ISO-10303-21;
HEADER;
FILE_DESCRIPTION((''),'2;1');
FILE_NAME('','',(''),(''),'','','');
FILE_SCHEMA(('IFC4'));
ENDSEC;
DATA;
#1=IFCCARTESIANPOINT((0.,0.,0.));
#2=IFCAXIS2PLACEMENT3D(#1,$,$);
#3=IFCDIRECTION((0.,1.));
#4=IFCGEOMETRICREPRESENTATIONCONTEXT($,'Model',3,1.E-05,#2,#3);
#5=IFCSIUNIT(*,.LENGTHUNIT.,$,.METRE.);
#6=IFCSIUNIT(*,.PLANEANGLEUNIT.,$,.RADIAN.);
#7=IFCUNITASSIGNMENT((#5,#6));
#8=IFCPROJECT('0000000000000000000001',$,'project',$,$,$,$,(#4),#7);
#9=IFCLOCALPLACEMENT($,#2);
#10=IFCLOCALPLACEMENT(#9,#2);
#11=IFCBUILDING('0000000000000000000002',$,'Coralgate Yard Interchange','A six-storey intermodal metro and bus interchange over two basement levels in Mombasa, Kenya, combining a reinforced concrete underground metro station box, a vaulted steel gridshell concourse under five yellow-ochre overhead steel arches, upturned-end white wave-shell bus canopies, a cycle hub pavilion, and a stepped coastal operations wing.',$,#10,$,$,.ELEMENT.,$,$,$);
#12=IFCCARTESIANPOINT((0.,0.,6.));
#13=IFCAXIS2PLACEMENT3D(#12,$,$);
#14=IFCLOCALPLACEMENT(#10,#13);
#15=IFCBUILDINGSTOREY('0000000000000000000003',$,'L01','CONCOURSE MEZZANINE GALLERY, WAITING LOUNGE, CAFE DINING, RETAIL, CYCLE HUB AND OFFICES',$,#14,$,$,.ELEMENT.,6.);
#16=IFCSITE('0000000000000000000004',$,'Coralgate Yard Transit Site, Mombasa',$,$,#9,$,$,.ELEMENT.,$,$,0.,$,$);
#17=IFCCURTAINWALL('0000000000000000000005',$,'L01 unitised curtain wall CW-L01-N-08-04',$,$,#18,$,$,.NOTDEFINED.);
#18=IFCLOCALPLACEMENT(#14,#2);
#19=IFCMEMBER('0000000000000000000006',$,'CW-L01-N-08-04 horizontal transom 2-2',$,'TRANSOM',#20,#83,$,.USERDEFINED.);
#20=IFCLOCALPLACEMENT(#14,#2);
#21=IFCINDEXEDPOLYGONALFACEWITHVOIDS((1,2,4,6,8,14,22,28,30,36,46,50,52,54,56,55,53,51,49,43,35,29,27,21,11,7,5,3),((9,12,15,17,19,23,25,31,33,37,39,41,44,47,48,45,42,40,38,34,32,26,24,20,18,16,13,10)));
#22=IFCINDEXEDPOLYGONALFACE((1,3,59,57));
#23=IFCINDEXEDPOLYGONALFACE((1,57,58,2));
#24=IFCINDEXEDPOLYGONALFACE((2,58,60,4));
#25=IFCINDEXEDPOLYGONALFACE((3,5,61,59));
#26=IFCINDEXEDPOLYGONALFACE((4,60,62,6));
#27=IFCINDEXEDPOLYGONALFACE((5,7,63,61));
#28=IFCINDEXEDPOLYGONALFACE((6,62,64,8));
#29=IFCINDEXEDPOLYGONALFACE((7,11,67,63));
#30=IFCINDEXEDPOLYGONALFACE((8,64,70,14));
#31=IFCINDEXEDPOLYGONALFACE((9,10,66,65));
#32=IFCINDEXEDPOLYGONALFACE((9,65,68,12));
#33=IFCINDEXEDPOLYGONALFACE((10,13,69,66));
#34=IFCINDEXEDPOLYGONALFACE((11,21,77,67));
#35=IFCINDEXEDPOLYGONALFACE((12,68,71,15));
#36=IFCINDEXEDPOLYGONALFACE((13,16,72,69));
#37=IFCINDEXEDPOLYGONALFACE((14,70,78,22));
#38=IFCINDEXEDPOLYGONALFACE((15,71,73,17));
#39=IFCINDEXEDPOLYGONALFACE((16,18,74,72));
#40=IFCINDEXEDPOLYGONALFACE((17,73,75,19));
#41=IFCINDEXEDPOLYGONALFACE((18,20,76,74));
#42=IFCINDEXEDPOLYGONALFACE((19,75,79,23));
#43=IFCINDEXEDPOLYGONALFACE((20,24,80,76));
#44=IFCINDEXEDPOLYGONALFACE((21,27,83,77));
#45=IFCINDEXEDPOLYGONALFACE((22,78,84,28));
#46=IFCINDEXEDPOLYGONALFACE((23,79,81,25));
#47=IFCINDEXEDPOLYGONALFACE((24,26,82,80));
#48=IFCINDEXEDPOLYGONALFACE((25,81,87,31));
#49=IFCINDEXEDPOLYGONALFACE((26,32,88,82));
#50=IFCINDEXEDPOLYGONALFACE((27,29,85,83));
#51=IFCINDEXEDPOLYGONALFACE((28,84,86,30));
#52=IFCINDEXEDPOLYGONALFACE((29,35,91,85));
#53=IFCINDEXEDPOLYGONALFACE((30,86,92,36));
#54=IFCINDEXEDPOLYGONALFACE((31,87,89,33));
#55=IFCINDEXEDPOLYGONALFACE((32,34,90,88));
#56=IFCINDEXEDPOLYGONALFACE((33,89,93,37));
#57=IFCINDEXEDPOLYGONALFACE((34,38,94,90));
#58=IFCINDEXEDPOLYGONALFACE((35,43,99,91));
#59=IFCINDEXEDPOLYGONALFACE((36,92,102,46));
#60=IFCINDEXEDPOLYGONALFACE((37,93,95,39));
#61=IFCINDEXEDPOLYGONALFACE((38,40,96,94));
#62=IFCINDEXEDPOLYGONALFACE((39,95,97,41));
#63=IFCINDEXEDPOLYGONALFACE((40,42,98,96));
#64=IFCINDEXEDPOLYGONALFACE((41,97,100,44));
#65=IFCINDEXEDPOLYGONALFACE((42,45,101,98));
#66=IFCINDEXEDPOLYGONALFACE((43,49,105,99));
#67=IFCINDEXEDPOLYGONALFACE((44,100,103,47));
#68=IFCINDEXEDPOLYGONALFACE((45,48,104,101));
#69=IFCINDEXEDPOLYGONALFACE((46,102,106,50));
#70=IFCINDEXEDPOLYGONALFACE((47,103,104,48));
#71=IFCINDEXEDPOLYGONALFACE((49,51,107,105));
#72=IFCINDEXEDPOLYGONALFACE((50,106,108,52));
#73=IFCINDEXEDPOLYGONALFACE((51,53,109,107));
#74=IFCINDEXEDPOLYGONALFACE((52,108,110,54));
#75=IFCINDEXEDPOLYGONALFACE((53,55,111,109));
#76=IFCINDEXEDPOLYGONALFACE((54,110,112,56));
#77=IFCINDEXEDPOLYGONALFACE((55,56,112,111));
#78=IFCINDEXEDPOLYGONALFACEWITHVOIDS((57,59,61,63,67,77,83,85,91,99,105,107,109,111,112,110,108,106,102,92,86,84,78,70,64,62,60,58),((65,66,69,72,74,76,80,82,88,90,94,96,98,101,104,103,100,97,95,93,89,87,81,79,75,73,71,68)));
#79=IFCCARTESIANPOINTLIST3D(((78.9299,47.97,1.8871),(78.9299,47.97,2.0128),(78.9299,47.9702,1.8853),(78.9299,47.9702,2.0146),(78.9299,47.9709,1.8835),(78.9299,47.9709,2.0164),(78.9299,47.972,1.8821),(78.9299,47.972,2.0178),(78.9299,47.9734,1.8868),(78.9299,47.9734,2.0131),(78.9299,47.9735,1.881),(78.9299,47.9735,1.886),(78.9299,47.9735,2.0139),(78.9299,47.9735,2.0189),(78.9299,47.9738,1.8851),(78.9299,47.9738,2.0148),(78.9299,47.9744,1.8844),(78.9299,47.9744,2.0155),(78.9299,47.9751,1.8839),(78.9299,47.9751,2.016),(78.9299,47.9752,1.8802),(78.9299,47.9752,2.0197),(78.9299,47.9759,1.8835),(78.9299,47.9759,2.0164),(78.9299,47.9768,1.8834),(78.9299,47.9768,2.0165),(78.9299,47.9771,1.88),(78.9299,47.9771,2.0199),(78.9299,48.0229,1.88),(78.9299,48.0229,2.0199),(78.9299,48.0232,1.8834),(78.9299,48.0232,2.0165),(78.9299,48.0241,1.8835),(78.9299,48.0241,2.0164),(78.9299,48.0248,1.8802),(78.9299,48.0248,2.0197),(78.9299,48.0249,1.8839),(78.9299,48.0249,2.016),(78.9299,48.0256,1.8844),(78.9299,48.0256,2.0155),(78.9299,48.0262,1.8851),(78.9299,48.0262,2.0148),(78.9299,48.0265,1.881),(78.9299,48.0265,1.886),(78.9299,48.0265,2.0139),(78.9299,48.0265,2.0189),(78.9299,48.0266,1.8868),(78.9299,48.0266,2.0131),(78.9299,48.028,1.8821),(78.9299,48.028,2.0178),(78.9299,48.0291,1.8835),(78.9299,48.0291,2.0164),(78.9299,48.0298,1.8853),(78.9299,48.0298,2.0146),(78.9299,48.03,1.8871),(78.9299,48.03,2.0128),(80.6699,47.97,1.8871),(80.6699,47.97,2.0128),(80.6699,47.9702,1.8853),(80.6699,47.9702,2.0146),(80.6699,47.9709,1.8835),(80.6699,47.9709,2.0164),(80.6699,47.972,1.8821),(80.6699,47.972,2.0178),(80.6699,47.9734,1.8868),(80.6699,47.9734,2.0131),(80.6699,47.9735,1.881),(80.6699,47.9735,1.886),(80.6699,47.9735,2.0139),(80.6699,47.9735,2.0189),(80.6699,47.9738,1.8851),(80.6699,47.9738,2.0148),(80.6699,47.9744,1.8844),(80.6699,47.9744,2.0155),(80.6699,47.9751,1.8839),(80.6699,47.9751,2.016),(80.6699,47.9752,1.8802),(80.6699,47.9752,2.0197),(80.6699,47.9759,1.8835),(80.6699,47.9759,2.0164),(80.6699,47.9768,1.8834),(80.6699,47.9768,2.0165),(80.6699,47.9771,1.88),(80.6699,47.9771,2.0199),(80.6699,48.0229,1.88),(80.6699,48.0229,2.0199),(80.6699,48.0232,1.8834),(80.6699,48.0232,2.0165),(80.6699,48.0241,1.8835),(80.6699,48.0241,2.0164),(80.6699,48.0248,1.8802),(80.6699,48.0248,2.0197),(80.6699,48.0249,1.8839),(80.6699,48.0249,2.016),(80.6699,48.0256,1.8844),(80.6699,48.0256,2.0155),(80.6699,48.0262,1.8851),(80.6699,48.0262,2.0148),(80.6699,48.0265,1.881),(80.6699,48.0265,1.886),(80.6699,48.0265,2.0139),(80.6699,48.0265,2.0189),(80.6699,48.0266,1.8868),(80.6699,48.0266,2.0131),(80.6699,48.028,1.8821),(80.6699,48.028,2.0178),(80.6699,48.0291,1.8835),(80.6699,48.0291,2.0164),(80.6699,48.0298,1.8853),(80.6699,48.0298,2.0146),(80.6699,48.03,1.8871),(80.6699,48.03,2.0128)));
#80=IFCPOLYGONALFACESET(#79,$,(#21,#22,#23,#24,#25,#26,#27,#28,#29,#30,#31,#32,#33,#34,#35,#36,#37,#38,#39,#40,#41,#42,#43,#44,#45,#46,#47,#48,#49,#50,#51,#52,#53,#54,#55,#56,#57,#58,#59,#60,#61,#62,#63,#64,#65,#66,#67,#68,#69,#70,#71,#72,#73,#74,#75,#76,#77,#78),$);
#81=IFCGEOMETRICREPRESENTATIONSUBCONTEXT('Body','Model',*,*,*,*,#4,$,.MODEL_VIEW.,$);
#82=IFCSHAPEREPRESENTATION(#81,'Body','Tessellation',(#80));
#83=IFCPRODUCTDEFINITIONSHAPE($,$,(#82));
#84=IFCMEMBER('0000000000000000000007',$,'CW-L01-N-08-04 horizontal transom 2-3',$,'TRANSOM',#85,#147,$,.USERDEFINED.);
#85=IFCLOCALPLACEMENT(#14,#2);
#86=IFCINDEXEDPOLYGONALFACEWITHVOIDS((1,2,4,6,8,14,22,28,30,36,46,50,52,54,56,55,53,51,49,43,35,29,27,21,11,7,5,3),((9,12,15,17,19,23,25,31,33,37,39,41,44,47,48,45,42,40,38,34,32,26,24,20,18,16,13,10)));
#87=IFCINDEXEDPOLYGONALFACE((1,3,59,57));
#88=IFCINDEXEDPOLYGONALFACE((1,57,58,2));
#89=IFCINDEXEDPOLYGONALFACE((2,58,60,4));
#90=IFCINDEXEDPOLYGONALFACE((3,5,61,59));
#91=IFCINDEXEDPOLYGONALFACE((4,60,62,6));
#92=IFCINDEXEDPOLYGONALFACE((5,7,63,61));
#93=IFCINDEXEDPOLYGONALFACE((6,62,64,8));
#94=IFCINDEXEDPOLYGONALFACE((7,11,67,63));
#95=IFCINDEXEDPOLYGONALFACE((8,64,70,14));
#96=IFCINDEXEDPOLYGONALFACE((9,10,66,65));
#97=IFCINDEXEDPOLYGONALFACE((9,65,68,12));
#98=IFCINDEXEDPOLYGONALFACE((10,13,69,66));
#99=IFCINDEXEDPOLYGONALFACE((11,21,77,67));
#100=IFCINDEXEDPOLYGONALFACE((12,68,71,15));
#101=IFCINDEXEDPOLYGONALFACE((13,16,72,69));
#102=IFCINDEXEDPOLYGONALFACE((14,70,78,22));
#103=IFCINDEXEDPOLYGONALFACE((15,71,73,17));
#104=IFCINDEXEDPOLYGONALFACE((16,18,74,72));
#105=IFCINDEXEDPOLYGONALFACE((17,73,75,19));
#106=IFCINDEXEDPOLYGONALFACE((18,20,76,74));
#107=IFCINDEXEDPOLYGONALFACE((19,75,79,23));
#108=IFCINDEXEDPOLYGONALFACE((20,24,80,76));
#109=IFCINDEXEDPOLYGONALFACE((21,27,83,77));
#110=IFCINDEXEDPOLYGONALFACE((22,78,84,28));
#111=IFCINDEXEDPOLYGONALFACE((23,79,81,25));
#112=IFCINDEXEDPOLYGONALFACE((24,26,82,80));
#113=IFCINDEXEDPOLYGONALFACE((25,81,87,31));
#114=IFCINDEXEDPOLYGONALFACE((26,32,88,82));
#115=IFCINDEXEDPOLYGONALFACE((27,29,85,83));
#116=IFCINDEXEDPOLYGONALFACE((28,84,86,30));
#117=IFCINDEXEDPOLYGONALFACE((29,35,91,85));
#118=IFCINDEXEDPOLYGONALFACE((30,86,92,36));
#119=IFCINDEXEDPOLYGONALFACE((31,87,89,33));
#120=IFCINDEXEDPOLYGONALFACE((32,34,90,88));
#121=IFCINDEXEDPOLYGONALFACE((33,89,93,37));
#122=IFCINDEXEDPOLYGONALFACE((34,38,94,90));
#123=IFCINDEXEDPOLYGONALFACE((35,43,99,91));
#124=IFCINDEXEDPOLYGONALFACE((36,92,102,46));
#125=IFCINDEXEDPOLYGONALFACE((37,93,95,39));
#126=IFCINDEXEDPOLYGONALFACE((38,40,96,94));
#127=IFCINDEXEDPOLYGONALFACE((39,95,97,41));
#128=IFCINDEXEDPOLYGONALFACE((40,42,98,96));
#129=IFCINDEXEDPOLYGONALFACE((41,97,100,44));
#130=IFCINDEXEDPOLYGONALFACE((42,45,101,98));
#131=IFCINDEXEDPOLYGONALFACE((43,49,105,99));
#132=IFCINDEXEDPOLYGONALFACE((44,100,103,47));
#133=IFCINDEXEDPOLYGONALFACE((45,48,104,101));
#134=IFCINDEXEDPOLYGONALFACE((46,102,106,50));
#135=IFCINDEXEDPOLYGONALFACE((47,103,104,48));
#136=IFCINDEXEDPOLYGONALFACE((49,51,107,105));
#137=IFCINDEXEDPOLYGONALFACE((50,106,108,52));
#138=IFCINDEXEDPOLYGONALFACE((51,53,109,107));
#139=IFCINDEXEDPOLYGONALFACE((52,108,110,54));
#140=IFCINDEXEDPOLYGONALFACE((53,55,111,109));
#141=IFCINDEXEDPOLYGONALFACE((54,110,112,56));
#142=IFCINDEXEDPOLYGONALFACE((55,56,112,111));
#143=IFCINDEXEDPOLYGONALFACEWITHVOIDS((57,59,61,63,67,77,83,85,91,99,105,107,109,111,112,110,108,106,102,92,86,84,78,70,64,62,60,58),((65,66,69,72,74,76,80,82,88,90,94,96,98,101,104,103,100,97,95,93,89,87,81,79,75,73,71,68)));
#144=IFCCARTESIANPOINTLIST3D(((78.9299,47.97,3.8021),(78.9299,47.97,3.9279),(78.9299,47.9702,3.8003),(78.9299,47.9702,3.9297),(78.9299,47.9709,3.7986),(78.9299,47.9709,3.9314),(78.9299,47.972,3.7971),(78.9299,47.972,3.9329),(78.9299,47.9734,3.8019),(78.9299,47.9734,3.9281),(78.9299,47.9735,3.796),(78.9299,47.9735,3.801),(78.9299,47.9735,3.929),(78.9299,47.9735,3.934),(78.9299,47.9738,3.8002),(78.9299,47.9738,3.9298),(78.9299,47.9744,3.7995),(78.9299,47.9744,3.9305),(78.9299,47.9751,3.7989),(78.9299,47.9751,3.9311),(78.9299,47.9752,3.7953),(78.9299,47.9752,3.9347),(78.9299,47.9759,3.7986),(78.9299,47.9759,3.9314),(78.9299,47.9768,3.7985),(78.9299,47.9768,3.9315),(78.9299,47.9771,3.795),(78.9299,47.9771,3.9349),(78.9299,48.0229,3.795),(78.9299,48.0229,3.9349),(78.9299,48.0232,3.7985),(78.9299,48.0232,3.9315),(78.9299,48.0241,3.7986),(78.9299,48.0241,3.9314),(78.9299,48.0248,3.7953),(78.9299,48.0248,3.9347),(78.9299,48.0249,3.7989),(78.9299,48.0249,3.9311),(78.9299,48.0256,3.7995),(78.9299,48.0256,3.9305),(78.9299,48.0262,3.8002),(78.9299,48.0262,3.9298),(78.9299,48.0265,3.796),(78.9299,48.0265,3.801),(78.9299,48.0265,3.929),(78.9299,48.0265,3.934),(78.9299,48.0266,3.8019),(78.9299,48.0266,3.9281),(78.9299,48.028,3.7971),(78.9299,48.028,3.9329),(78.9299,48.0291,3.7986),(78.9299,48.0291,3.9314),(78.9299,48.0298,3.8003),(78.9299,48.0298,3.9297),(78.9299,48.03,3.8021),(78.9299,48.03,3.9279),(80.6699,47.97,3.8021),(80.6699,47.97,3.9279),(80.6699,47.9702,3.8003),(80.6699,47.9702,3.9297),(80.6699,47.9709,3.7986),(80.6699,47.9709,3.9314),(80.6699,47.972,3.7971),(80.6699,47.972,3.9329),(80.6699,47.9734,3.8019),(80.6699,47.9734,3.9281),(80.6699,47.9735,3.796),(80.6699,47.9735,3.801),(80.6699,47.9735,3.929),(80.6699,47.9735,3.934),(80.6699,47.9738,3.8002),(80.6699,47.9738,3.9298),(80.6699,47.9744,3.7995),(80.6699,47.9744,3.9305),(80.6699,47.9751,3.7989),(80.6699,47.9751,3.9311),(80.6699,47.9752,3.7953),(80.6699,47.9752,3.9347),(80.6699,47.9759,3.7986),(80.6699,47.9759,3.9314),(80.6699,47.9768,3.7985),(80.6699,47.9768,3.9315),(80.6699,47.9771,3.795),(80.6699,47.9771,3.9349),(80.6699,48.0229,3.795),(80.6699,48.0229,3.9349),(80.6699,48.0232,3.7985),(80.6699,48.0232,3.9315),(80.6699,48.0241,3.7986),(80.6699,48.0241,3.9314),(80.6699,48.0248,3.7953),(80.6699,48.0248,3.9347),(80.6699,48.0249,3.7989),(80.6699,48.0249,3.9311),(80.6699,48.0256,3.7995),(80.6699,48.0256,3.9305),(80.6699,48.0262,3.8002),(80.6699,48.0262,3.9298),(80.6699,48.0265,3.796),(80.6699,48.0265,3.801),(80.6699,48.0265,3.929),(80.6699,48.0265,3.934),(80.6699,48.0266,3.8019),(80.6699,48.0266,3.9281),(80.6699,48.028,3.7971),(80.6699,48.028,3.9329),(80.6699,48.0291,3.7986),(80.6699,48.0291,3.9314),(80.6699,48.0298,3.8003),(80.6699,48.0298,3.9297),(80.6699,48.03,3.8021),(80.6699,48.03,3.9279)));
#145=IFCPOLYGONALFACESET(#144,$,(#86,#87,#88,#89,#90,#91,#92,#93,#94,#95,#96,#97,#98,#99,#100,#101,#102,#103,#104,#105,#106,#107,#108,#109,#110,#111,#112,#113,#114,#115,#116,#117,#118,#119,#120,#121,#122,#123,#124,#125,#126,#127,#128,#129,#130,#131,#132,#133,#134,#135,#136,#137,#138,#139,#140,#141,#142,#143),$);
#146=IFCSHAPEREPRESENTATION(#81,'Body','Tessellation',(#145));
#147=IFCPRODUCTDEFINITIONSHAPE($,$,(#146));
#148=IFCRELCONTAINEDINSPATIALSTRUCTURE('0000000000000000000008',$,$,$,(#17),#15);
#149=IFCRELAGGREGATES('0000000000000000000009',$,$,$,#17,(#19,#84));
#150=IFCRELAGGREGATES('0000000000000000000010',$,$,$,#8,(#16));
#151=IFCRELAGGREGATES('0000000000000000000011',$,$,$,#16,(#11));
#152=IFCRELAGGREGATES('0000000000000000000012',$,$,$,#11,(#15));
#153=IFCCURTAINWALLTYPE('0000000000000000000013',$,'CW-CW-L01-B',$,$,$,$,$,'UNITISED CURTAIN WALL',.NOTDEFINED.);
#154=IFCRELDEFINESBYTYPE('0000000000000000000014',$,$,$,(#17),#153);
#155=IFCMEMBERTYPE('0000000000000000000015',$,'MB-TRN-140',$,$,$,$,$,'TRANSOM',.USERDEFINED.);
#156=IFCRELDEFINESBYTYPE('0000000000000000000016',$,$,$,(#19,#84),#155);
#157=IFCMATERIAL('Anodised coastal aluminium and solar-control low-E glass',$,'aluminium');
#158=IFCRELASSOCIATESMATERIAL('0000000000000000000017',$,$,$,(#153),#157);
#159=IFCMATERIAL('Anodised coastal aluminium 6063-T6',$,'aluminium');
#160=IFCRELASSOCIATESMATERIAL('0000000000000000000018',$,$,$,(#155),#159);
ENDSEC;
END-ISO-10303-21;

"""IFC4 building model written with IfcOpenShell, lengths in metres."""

from ifc_helpers import new_model, si_unit, direction, frame, origin, origin_2d, place, context, subcontext, project, spatial, hollow_rectangle, extrude, material, material_profile, profile_set, type_object, element, aggregate, save


model = new_model("IFC4")

# Units and contexts
model_context = context("Model", 3, precision=1e-05, world=origin(), true_north=direction((0.0, 1.0)))
body_context = subcontext(model_context, "Body", "Model", "MODEL_VIEW")
ifc_project = project(units=[si_unit("LENGTHUNIT", "METRE"), si_unit("PLANEANGLEUNIT", "RADIAN")], contexts=[model_context])

# Site, building, storey
site_placement = place(None, origin())
site = spatial("IfcSite", under=ifc_project, at=site_placement, Name="Coralgate Yard Transit Site, Mombasa", CompositionType="ELEMENT", RefElevation=0.0)
building_placement = place(site_placement, origin())
building = spatial("IfcBuilding", under=site, at=building_placement, Name="Coralgate Yard Interchange", Description="A six-storey intermodal metro and bus interchange over two basement levels in Mombasa, Kenya, combining a reinforced concrete underground metro station box, a vaulted steel gridshell concourse under five yellow-ochre overhead steel arches, upturned-end white wave-shell bus canopies, a cycle hub pavilion, and a stepped coastal operations wing.", CompositionType="ELEMENT")
storey_placement = place(building_placement, frame((0.0, 0.0, 6.0)))
storey = spatial("IfcBuildingStorey", under=building, at=storey_placement, Name="L01", Description="CONCOURSE MEZZANINE GALLERY, WAITING LOUNGE, CAFE DINING, RETAIL, CYCLE HUB AND OFFICES", CompositionType="ELEMENT", Elevation=6.0)

# Curtain wall, members
ifc_material_1 = material(Name="Anodised coastal aluminium and solar-control low-E glass", Category="aluminium")
curtain_wall_type = type_object("IfcCurtainWallType", Name="CW-CW-L01-B", ElementType="UNITISED CURTAIN WALL", PredefinedType="NOTDEFINED", material=ifc_material_1)
curtain_wall_placement = place(storey_placement, origin())
curtain_wall = element("IfcCurtainWall", 1, at=curtain_wall_placement, inside=storey, type_object=curtain_wall_type, Name="L01 unitised curtain wall CW-L01-N-08-04", PredefinedType="NOTDEFINED")
ifc_material_2 = material(Name="Anodised coastal aluminium 6063-T6", Category="aluminium")
ifc_material_profile_1 = material_profile(ifc_material_2, hollow_rectangle(XDim=0.0601, YDim=0.1399, WallThickness=0.0034, InnerFilletRadius=0.0034, OuterFilletRadius=0.0071, at=origin_2d()), Name="ALU 60x140x3.5")
ifc_profile_set_1 = profile_set([ifc_material_profile_1], Name="Anodised coastal aluminium 6063-T6")
member_type_1 = type_object("IfcMemberType", Name="MB-TRN-140", ElementType="TRANSOM", PredefinedType="USERDEFINED", material=ifc_profile_set_1)
member_1_placement = place(storey_placement, frame((78.9299, 48.0, 1.95), z_axis=(1.0, 0.0, 0.0), x_axis=(0.0, 1.0, 0.0)))
member_1 = element("IfcMember", 2, at=member_1_placement, type_object=member_type_1, Name="CW-L01-N-08-04 horizontal transom 2-2", ObjectType="TRANSOM", PredefinedType="USERDEFINED", context=body_context, shape_type="SweptSolid", body=[
    extrude(hollow_rectangle(XDim=0.0601, YDim=0.1399, WallThickness=0.0034, InnerFilletRadius=0.0034, OuterFilletRadius=0.0071, at=origin_2d()), origin(), (0.0, 0.0, 1.0), 1.74),
])
member_2_placement = place(storey_placement, frame((78.9299, 48.0, 3.865), z_axis=(1.0, 0.0, 0.0), x_axis=(0.0, 1.0, 0.0)))
member_2 = element("IfcMember", 3, at=member_2_placement, type_object=member_type_1, Name="CW-L01-N-08-04 horizontal transom 2-3", ObjectType="TRANSOM", PredefinedType="USERDEFINED", context=body_context, shape_type="SweptSolid", body=[
    extrude(hollow_rectangle(XDim=0.0601, YDim=0.1399, WallThickness=0.0034, InnerFilletRadius=0.0034, OuterFilletRadius=0.0071, at=origin_2d()), origin(), (0.0, 0.0, 1.0), 1.74),
])
aggregate(curtain_wall, [member_1, member_2])

save(model, "model.ifc")
